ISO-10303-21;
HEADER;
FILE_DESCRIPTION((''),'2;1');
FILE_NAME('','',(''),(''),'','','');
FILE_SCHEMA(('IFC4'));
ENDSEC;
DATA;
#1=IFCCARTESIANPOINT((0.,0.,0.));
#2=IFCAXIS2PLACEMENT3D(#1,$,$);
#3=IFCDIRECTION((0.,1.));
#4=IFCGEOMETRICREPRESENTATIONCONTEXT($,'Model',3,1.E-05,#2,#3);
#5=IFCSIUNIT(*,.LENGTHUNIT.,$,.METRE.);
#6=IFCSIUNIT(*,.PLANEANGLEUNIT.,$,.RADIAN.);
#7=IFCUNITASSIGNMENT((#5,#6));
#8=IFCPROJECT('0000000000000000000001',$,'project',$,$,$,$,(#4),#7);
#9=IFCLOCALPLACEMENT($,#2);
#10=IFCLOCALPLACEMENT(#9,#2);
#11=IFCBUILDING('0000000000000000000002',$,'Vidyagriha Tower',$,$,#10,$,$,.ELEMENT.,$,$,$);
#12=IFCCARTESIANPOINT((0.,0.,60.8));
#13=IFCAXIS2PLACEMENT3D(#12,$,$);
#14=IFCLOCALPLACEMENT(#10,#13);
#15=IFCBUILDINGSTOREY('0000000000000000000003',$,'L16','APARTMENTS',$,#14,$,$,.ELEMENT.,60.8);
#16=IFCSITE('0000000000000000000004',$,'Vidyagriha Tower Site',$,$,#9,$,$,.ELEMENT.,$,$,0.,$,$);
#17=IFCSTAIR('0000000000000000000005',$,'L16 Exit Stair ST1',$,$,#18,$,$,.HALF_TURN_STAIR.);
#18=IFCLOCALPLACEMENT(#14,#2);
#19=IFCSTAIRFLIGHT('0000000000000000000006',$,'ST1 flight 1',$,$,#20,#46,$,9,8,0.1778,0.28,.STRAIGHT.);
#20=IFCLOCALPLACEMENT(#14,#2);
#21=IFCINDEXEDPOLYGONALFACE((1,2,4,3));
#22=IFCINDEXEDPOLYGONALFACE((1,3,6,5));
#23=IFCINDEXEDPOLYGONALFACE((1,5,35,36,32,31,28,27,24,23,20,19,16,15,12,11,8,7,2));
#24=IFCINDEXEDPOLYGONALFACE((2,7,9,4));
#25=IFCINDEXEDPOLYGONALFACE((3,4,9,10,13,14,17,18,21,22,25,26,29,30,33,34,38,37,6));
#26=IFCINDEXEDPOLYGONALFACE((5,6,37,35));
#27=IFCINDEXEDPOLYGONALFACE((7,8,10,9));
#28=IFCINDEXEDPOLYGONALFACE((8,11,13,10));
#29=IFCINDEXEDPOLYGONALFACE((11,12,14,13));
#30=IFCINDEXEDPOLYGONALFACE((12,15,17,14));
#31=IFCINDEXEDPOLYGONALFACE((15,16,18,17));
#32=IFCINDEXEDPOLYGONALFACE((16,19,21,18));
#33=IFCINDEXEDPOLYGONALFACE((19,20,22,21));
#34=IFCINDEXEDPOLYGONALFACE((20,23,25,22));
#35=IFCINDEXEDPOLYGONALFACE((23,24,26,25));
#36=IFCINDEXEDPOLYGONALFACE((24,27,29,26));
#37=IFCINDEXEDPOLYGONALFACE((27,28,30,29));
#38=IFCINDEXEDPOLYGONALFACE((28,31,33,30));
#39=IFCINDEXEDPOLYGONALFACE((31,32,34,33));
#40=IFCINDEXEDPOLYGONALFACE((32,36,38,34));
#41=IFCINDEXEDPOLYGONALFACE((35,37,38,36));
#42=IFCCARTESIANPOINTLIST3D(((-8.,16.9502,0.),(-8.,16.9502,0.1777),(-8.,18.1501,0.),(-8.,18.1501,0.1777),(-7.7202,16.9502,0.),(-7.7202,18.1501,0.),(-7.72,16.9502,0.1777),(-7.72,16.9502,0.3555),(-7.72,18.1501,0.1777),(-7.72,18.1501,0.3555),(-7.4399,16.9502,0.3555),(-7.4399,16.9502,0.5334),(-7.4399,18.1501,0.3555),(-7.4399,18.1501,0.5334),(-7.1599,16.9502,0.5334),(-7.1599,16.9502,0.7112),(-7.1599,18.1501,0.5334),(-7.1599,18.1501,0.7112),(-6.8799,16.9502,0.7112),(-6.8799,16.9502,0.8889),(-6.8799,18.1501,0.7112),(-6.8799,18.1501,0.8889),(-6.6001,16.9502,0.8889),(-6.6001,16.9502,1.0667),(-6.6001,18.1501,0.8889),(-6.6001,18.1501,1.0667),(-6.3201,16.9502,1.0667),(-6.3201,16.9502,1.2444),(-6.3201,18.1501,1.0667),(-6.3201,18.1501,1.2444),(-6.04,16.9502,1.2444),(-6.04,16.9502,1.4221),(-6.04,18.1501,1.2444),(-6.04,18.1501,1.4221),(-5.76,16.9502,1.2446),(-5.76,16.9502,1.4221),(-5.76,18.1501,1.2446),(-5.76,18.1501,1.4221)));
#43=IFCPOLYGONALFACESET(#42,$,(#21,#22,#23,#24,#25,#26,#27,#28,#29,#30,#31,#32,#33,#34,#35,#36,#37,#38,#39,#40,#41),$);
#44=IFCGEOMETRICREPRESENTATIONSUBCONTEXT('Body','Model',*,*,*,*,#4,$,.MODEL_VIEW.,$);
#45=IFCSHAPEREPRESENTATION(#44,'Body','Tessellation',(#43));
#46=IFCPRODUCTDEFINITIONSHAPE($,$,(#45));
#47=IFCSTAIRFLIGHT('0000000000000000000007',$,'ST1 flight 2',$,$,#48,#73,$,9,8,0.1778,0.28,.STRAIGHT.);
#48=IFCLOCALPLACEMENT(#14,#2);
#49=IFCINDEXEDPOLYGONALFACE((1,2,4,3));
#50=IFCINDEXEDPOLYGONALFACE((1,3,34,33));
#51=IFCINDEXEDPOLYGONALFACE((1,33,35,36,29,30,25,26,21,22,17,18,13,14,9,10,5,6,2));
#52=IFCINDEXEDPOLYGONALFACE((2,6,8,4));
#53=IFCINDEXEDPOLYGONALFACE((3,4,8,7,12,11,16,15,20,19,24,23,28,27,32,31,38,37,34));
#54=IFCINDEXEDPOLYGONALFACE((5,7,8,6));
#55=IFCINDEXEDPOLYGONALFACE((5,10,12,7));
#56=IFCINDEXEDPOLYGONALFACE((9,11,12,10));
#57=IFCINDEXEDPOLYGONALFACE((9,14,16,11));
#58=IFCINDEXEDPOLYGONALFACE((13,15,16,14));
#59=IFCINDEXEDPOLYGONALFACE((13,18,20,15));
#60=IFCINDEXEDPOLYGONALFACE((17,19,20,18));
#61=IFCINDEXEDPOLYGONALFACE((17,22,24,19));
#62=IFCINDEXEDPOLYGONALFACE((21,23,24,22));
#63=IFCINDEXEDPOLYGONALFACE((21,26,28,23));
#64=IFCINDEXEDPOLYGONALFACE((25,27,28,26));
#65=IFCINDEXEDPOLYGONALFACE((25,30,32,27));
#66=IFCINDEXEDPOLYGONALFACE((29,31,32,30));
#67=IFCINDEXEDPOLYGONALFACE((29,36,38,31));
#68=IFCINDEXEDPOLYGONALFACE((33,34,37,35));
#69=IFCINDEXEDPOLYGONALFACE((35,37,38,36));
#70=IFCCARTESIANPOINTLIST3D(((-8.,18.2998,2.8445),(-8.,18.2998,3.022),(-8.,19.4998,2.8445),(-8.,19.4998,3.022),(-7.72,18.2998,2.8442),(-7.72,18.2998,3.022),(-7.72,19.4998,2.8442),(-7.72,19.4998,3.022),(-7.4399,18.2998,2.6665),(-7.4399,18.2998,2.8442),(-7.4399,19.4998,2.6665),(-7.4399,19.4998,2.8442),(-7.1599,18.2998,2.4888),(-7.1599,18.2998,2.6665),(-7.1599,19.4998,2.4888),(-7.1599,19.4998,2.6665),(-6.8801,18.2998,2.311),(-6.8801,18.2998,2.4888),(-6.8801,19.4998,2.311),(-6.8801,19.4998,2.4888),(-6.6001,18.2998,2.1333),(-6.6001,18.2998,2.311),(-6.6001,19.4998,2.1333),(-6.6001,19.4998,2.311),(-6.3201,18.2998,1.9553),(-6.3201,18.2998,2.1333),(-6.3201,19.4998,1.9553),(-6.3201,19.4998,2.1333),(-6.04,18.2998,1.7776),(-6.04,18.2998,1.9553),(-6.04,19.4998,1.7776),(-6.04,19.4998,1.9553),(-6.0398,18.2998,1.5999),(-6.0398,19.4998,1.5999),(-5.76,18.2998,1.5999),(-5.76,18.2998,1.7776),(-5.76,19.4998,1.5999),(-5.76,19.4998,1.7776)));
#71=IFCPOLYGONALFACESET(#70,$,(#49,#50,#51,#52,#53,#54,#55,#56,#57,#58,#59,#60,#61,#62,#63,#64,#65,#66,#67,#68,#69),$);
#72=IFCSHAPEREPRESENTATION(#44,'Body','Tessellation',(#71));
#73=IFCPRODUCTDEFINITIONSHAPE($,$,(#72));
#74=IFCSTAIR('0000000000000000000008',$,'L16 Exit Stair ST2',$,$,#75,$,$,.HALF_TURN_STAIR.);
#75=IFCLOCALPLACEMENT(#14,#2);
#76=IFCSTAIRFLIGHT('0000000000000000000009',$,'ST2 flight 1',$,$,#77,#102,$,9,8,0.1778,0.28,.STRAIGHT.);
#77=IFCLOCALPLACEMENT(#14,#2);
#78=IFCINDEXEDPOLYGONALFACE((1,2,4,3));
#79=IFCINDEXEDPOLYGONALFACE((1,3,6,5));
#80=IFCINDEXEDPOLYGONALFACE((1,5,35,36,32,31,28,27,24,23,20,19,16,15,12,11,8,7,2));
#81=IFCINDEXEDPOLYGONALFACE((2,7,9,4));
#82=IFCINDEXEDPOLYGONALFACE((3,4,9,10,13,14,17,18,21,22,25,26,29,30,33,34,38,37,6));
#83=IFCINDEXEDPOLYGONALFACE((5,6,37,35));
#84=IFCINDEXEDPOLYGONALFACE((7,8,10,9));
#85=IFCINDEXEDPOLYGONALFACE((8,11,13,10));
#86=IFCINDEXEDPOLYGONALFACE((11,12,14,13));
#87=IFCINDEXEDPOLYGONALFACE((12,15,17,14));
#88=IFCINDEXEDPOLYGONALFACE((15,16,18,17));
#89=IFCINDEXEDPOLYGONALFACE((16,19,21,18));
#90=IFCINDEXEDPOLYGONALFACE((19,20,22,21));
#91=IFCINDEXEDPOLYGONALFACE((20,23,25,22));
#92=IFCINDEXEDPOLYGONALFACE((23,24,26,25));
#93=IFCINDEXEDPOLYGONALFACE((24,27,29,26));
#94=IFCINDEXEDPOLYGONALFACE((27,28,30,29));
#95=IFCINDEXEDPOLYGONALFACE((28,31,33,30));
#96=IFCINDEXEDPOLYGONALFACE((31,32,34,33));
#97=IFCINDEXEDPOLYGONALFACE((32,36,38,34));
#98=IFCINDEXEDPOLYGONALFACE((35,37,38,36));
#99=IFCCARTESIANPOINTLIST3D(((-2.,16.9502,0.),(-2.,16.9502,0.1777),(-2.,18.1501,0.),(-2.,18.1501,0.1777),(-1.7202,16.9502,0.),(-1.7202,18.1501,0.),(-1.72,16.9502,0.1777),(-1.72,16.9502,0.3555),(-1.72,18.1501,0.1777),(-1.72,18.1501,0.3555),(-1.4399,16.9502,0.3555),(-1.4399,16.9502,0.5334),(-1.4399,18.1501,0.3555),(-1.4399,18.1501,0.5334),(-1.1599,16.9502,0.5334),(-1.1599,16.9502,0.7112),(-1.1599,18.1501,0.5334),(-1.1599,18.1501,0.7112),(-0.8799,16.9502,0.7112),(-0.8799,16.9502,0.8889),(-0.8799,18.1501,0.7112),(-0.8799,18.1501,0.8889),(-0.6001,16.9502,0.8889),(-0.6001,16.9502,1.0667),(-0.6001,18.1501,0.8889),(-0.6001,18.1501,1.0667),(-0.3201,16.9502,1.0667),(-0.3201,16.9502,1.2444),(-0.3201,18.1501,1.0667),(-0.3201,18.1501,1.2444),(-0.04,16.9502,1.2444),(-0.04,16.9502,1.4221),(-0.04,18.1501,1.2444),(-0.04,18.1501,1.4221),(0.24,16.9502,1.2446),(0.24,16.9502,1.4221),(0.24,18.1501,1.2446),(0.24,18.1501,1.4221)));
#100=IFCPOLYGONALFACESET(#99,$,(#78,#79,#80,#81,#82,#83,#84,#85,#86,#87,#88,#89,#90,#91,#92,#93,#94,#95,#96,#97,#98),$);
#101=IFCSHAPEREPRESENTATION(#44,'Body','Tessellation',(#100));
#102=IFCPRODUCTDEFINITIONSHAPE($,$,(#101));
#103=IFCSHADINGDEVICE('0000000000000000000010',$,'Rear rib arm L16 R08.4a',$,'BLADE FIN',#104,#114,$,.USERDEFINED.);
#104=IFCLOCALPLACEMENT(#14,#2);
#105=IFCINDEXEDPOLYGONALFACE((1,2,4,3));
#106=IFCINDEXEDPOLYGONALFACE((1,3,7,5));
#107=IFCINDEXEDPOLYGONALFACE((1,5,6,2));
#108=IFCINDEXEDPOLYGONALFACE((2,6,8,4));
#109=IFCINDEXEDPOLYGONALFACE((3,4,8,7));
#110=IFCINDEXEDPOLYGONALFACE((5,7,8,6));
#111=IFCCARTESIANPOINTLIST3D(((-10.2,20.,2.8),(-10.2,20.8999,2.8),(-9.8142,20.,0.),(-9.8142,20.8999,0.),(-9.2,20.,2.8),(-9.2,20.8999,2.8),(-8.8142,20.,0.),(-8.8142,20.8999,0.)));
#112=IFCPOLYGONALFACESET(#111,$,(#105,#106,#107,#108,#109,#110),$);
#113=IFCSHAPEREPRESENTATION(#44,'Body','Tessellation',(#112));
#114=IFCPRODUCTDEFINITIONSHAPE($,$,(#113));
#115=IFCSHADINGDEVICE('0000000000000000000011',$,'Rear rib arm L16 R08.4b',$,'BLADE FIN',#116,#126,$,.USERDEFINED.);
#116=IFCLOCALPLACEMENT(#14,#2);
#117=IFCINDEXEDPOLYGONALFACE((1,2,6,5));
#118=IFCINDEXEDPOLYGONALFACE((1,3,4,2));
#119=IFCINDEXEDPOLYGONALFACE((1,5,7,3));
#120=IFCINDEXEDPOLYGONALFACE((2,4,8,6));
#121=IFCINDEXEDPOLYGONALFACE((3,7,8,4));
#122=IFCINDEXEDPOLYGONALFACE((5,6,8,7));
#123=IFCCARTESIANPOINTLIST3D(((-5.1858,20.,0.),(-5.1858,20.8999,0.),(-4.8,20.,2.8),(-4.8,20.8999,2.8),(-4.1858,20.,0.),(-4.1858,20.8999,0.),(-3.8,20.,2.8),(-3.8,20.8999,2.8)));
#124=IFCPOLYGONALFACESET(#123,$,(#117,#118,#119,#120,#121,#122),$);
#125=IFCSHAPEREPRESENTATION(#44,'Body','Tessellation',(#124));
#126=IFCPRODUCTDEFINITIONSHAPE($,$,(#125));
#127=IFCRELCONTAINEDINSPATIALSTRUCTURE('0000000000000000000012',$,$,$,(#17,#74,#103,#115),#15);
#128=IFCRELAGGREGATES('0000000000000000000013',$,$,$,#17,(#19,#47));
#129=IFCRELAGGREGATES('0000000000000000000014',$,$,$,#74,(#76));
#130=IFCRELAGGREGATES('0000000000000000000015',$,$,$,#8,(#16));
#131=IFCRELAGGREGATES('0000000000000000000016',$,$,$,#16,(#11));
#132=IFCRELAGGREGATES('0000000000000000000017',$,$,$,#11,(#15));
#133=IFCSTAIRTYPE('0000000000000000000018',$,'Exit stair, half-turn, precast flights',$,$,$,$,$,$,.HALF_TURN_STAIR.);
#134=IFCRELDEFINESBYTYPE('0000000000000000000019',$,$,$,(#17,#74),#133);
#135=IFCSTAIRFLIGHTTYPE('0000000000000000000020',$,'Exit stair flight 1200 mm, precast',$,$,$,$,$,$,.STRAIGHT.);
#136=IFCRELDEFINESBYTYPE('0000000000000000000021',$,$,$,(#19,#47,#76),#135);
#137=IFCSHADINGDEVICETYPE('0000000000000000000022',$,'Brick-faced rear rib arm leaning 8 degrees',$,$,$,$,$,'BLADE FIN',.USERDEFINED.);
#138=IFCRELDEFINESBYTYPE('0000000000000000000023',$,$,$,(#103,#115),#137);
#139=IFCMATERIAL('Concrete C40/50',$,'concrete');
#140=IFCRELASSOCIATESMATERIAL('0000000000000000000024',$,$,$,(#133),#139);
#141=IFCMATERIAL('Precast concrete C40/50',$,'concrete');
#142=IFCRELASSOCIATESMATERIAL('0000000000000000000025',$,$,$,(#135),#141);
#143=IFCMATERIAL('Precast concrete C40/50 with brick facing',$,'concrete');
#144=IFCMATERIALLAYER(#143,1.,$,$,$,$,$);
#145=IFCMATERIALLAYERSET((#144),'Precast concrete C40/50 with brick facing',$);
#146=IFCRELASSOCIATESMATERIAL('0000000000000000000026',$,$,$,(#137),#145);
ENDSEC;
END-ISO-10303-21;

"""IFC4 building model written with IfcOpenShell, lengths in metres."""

from ifc_helpers import new_model, si_unit, direction, frame, origin, place, context, subcontext, project, spatial, polyline, outline, extrude, material, layer, layer_set, type_object, element, aggregate, save


model = new_model("IFC4")

# Units and contexts
model_context = context("Model", 3, precision=1e-05, world=origin(), true_north=direction((0.0, 1.0)))
body_context = subcontext(model_context, "Body", "Model", "MODEL_VIEW")
ifc_project = project(units=[si_unit("LENGTHUNIT", "METRE"), si_unit("PLANEANGLEUNIT", "RADIAN")], contexts=[model_context])

# Site, building, storey
site_placement = place(None, origin())
site = spatial("IfcSite", under=ifc_project, at=site_placement, Name="Vidyagriha Tower Site", CompositionType="ELEMENT", RefElevation=0.0)
building_placement = place(site_placement, origin())
building = spatial("IfcBuilding", under=site, at=building_placement, Name="Vidyagriha Tower", CompositionType="ELEMENT")
storey_placement = place(building_placement, frame((0.0, 0.0, 60.8)))
storey = spatial("IfcBuildingStorey", under=building, at=storey_placement, Name="L16", Description="APARTMENTS", CompositionType="ELEMENT", Elevation=60.8)

# Stair, stair flights
ifc_material_1 = material(Name="Concrete C40/50", Category="concrete")
stair_type = type_object("IfcStairType", Name="Exit stair, half-turn, precast flights", PredefinedType="HALF_TURN_STAIR", material=ifc_material_1)
stair_1_placement = place(storey_placement, origin())
stair_1 = element("IfcStair", 1, at=stair_1_placement, inside=storey, type_object=stair_type, Name="L16 Exit Stair ST1", PredefinedType="HALF_TURN_STAIR")
ifc_material_2 = material(Name="Precast concrete C40/50", Category="concrete")
stair_flight_type = type_object("IfcStairFlightType", Name="Exit stair flight 1200 mm, precast", PredefinedType="STRAIGHT", material=ifc_material_2)
stair_flight_1_placement = place(storey_placement, frame((-8.0, 17.55, 0.0)))
stair_flight_1 = element("IfcStairFlight", 2, at=stair_flight_1_placement, type_object=stair_flight_type, Name="ST1 flight 1", NumberOfRisers=9, NumberOfTreads=8, PredefinedType="STRAIGHT", RiserHeight=0.1778, TreadLength=0.28, context=body_context, shape_type="SweptSolid", body=[
    extrude(outline(polyline([(0.0, 0.0), (0.0, 0.1777), (0.28, 0.1777), (0.28, 0.3555), (0.5601, 0.3555), (0.5601, 0.5334), (0.8401, 0.5334), (0.8401, 0.7112), (1.1201, 0.7112), (1.1201, 0.8889), (1.3999, 0.8889), (1.3999, 1.0667), (1.6799, 1.0667), (1.6799, 1.2444), (1.96, 1.2444), (1.96, 1.4221), (2.24, 1.4221), (2.24, 1.6001), (2.24, 1.2446), (0.2798, 0.0), (0.0, 0.0)])), frame((0.0, 0.6001, 0.0), z_axis=(0.0, -1.0, 0.0), x_axis=(1.0, 0.0, 0.0)), (0.0, 0.0, 1.0), 1.2),
])
stair_flight_2_placement = place(storey_placement, frame((-5.76, 18.8999, 1.5999), z_axis=(0.0, 0.0, 1.0), x_axis=(-1.0, 0.0, 0.0)))
stair_flight_2 = element("IfcStairFlight", 3, at=stair_flight_2_placement, type_object=stair_flight_type, Name="ST1 flight 2", NumberOfRisers=9, NumberOfTreads=8, PredefinedType="STRAIGHT", RiserHeight=0.1778, TreadLength=0.28, context=body_context, shape_type="SweptSolid", body=[
    extrude(outline(polyline([(0.0, 0.0), (0.0, 0.1777), (0.28, 0.1777), (0.28, 0.3555), (0.5601, 0.3555), (0.5601, 0.5334), (0.8401, 0.5334), (0.8401, 0.7112), (1.1201, 0.7112), (1.1201, 0.8889), (1.3999, 0.8889), (1.3999, 1.0667), (1.6799, 1.0667), (1.6799, 1.2444), (1.96, 1.2444), (1.96, 1.4221), (2.24, 1.4221), (2.24, 1.6001), (2.24, 1.2446), (0.2798, 0.0), (0.0, 0.0)])), frame((0.0, 0.6001, 0.0), z_axis=(0.0, -1.0, 0.0), x_axis=(1.0, 0.0, 0.0)), (0.0, 0.0, 1.0), 1.2),
])
aggregate(stair_1, [stair_flight_1, stair_flight_2])

# Stair, stair flight
stair_2_placement = place(storey_placement, origin())
stair_2 = element("IfcStair", 4, at=stair_2_placement, inside=storey, type_object=stair_type, Name="L16 Exit Stair ST2", PredefinedType="HALF_TURN_STAIR")
stair_flight_3_placement = place(storey_placement, frame((-2.0, 17.55, 0.0)))
stair_flight_3 = element("IfcStairFlight", 5, at=stair_flight_3_placement, type_object=stair_flight_type, Name="ST2 flight 1", NumberOfRisers=9, NumberOfTreads=8, PredefinedType="STRAIGHT", RiserHeight=0.1778, TreadLength=0.28, context=body_context, shape_type="SweptSolid", body=[
    extrude(outline(polyline([(0.0, 0.0), (0.0, 0.1777), (0.28, 0.1777), (0.28, 0.3555), (0.5601, 0.3555), (0.5601, 0.5334), (0.8401, 0.5334), (0.8401, 0.7112), (1.1201, 0.7112), (1.1201, 0.8889), (1.3999, 0.8889), (1.3999, 1.0667), (1.6799, 1.0667), (1.6799, 1.2444), (1.96, 1.2444), (1.96, 1.4221), (2.24, 1.4221), (2.24, 1.6001), (2.24, 1.2446), (0.2798, 0.0), (0.0, 0.0)])), frame((0.0, 0.6001, 0.0), z_axis=(0.0, -1.0, 0.0), x_axis=(1.0, 0.0, 0.0)), (0.0, 0.0, 1.0), 1.2),
])
aggregate(stair_2, [stair_flight_3])

# Shading devices
ifc_material_3 = material(Name="Precast concrete C40/50 with brick facing", Category="concrete")
ifc_layer = layer(ifc_material_3, 1.0)
ifc_layer_set = layer_set([ifc_layer], Name="Precast concrete C40/50 with brick facing")
shading_device_type = type_object("IfcShadingDeviceType", Name="Brick-faced rear rib arm leaning 8 degrees", ElementType="BLADE FIN", PredefinedType="USERDEFINED", material=ifc_layer_set)
shading_device_1_placement = place(storey_placement, frame((-8.8142, 20.45, 0.0), z_axis=(0.0, 0.0, 1.0), x_axis=(-1.0, 0.0, 0.0)))
element("IfcShadingDevice", 6, at=shading_device_1_placement, inside=storey, type_object=shading_device_type, Name="Rear rib arm L16 R08.4a", ObjectType="BLADE FIN", PredefinedType="USERDEFINED", context=body_context, shape_type="SweptSolid", body=[
    extrude(outline(polyline([(0.0, 0.0), (1.0, 0.0), (1.3857, 2.8), (0.3857, 2.8), (0.0, 0.0)])), frame((0.0, 0.45, 0.0), z_axis=(0.0, -1.0, 0.0), x_axis=(1.0, 0.0, 0.0)), (0.0, 0.0, 1.0), 0.8999),
])
shading_device_2_placement = place(storey_placement, frame((-3.8, 20.45, 0.0), z_axis=(0.0, 0.0, 1.0), x_axis=(-1.0, 0.0, 0.0)))
element("IfcShadingDevice", 7, at=shading_device_2_placement, inside=storey, type_object=shading_device_type, Name="Rear rib arm L16 R08.4b", ObjectType="BLADE FIN", PredefinedType="USERDEFINED", context=body_context, shape_type="SweptSolid", body=[
    extrude(outline(polyline([(0.3857, 0.0), (1.3857, 0.0), (1.0, 2.8), (0.0, 2.8), (0.3857, 0.0)])), frame((0.0, 0.45, 0.0), z_axis=(0.0, -1.0, 0.0), x_axis=(1.0, 0.0, 0.0)), (0.0, 0.0, 1.0), 0.8999),
])

save(model, "model.ifc")
